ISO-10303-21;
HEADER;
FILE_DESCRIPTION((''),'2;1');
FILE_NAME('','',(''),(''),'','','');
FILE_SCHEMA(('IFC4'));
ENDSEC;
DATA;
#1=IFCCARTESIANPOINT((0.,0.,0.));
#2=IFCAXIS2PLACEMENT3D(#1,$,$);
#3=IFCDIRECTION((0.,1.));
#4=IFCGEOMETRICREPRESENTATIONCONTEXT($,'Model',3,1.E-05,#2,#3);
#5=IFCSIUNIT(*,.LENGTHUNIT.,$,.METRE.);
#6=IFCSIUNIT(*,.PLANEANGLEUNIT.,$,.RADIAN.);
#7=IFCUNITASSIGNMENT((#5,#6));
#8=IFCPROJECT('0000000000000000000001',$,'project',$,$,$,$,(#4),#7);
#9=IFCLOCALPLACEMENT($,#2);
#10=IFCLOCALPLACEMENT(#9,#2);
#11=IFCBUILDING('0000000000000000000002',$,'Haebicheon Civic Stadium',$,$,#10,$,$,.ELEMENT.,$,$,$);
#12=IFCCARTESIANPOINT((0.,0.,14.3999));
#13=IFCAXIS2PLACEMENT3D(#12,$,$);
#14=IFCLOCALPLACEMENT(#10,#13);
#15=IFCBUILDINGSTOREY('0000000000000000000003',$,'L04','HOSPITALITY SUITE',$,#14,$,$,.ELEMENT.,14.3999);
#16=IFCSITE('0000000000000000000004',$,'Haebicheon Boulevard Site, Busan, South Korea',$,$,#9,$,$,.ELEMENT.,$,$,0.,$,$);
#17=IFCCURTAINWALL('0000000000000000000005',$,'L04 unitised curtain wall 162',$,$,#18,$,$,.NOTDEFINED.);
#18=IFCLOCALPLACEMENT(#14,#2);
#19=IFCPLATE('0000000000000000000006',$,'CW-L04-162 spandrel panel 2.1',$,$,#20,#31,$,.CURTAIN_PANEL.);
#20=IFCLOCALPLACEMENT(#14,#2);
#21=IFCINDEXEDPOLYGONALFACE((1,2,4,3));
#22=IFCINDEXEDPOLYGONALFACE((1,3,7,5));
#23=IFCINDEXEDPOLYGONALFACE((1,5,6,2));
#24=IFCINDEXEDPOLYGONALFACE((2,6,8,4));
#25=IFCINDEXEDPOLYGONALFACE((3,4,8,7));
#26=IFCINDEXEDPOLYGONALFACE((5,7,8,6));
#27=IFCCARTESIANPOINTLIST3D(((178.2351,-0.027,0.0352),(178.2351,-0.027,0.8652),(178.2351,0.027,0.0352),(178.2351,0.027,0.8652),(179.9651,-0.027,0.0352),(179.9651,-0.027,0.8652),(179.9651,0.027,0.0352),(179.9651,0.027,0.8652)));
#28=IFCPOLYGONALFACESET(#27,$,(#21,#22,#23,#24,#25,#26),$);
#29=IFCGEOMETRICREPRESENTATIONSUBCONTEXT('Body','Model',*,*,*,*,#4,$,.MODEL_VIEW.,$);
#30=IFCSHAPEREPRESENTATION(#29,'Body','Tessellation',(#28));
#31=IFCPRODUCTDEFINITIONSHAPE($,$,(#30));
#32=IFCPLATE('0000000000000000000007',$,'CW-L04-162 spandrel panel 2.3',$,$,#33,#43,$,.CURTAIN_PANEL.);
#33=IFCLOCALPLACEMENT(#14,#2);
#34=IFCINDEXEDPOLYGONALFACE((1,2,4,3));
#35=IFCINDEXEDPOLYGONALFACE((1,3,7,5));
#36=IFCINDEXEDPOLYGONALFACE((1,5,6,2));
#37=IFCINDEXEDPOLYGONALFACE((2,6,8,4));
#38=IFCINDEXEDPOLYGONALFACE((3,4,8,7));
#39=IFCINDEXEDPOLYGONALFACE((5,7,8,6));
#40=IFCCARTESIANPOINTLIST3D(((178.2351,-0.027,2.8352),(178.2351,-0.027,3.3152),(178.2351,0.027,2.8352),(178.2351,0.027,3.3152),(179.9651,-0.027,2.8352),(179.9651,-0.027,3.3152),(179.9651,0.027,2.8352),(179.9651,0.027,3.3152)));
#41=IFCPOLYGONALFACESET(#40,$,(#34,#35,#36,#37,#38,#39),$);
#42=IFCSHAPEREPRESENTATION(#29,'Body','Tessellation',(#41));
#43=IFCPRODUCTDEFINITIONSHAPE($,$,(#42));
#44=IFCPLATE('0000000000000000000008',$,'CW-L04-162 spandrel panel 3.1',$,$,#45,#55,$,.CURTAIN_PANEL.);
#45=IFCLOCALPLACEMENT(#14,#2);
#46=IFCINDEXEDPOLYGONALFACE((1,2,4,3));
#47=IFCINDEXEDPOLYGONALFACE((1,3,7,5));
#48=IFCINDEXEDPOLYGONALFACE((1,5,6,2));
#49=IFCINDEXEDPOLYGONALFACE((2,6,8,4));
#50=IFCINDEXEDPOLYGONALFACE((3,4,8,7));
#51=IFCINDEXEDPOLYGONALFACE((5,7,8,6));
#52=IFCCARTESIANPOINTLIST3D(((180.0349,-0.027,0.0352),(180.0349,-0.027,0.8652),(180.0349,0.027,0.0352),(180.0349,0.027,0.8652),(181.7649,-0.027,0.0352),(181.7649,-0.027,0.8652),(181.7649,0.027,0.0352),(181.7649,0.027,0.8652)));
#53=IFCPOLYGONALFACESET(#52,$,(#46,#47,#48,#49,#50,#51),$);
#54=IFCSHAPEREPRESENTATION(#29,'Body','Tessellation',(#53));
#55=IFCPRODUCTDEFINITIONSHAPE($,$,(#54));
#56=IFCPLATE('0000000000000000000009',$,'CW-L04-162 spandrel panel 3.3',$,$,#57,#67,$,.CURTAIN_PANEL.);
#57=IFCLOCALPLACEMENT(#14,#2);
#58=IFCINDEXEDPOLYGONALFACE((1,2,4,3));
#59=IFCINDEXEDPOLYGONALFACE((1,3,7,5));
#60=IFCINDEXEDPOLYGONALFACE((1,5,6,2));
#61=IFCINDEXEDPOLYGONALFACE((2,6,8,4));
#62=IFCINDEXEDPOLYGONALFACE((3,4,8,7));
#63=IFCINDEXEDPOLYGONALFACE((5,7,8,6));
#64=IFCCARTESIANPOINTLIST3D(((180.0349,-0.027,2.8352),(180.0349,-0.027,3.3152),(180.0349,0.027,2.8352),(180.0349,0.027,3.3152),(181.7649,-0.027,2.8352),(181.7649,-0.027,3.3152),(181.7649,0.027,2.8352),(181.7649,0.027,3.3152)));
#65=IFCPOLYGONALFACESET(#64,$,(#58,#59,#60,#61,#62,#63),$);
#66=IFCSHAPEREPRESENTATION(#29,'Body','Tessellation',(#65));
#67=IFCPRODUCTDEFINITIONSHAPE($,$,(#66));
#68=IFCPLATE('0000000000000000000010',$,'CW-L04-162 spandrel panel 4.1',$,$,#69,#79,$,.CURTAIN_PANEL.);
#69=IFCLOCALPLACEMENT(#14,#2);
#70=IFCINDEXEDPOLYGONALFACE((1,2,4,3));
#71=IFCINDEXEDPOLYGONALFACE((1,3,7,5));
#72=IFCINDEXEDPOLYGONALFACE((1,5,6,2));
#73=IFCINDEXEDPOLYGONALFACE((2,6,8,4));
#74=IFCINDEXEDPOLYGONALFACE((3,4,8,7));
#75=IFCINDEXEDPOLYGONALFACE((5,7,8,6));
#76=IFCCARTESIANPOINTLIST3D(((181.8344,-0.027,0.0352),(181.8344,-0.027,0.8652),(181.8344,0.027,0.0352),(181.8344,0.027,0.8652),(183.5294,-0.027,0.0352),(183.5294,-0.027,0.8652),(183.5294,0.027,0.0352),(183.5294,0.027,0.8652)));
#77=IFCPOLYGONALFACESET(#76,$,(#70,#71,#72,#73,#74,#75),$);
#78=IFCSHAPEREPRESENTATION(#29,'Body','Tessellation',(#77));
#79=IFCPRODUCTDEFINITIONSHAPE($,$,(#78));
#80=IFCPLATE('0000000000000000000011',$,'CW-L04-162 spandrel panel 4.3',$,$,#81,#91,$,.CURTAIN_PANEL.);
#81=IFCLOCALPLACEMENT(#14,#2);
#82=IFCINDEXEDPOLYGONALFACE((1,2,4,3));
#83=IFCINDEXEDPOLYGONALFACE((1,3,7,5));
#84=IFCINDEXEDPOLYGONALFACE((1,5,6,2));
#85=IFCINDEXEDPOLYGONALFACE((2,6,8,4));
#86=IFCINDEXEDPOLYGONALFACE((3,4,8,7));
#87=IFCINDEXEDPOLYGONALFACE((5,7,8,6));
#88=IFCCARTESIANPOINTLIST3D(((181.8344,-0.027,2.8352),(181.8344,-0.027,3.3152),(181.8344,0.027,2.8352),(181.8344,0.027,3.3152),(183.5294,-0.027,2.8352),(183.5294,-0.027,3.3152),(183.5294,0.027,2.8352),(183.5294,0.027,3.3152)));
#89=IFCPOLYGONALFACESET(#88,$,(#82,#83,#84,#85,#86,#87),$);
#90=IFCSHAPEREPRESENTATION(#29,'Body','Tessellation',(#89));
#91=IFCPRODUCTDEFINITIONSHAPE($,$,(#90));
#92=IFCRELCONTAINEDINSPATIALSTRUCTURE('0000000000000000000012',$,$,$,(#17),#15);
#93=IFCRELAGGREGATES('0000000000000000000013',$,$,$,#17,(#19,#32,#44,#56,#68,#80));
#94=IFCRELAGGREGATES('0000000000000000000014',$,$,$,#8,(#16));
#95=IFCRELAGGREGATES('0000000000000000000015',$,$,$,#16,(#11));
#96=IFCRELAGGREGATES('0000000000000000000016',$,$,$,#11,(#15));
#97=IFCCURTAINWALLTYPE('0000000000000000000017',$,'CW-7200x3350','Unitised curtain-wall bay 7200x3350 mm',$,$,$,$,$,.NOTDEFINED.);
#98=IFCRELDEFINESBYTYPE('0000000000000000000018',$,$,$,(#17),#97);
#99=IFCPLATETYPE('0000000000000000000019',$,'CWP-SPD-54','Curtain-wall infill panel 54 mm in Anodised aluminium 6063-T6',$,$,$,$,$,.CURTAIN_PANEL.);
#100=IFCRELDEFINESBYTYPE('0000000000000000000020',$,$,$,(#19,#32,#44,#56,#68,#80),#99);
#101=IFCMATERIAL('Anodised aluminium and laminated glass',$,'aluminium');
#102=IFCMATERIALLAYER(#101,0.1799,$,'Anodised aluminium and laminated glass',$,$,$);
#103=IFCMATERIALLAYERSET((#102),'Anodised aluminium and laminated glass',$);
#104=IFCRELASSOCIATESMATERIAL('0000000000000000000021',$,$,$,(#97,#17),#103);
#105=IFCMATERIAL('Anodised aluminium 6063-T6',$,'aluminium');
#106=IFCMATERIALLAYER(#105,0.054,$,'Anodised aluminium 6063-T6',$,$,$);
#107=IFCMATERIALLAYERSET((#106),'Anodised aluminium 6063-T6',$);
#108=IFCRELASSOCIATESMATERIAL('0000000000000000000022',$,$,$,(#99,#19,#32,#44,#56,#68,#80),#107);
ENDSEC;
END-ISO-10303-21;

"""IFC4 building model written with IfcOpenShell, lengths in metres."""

from ifc_helpers import new_model, si_unit, direction, frame, origin, origin_2d, place, context, subcontext, project, spatial, rectangle, extrude, material, layer, layer_set, type_object, element, aggregate, save


model = new_model("IFC4")

# Units and contexts
model_context = context("Model", 3, precision=1e-05, world=origin(), true_north=direction((0.0, 1.0)))
body_context = subcontext(model_context, "Body", "Model", "MODEL_VIEW")
ifc_project = project(units=[si_unit("LENGTHUNIT", "METRE"), si_unit("PLANEANGLEUNIT", "RADIAN")], contexts=[model_context])

# Site, building, storey
site_placement = place(None, origin())
site = spatial("IfcSite", under=ifc_project, at=site_placement, Name="Haebicheon Boulevard Site, Busan, South Korea", CompositionType="ELEMENT", RefElevation=0.0)
building_placement = place(site_placement, origin())
building = spatial("IfcBuilding", under=site, at=building_placement, Name="Haebicheon Civic Stadium", CompositionType="ELEMENT")
storey_placement = place(building_placement, frame((0.0, 0.0, 14.3999)))
storey = spatial("IfcBuildingStorey", under=building, at=storey_placement, Name="L04", Description="HOSPITALITY SUITE", CompositionType="ELEMENT", Elevation=14.3999)

# Curtain wall, plates
ifc_material_1 = material(Name="Anodised aluminium and laminated glass", Category="aluminium")
ifc_layer_1 = layer(ifc_material_1, 0.1799, Name="Anodised aluminium and laminated glass")
ifc_layer_set_1 = layer_set([ifc_layer_1], Name="Anodised aluminium and laminated glass")
curtain_wall_type = type_object("IfcCurtainWallType", Name="CW-7200x3350", Description="Unitised curtain-wall bay 7200x3350 mm", PredefinedType="NOTDEFINED", material=ifc_layer_set_1)
curtain_wall_placement = place(storey_placement, origin())
curtain_wall = element("IfcCurtainWall", 1, at=curtain_wall_placement, inside=storey, type_object=curtain_wall_type, material=ifc_layer_set_1, Name="L04 unitised curtain wall 162", PredefinedType="NOTDEFINED")
ifc_material_2 = material(Name="Anodised aluminium 6063-T6", Category="aluminium")
ifc_layer_2 = layer(ifc_material_2, 0.054, Name="Anodised aluminium 6063-T6")
ifc_layer_set_2 = layer_set([ifc_layer_2], Name="Anodised aluminium 6063-T6")
plate_type_1 = type_object("IfcPlateType", Name="CWP-SPD-54", Description="Curtain-wall infill panel 54 mm in Anodised aluminium 6063-T6", PredefinedType="CURTAIN_PANEL", material=ifc_layer_set_2)
plate_1_placement = place(storey_placement, frame((179.1001, 0.0, 0.0352), z_axis=(0.0, 0.0, 1.0), x_axis=(1.0, 0.0, 0.0)))
plate_1 = element("IfcPlate", 2, at=plate_1_placement, type_object=plate_type_1, material=ifc_layer_set_2, Name="CW-L04-162 spandrel panel 2.1", PredefinedType="CURTAIN_PANEL", context=body_context, shape_type="SweptSolid", body=[
    extrude(rectangle(XDim=1.73, YDim=0.054, at=origin_2d()), origin(), (0.0, 0.0, 1.0), 0.8301),
])
plate_2_placement = place(storey_placement, frame((179.1001, 0.0, 2.8352), z_axis=(0.0, 0.0, 1.0), x_axis=(1.0, 0.0, 0.0)))
plate_2 = element("IfcPlate", 3, at=plate_2_placement, type_object=plate_type_1, material=ifc_layer_set_2, Name="CW-L04-162 spandrel panel 2.3", PredefinedType="CURTAIN_PANEL", context=body_context, shape_type="SweptSolid", body=[
    extrude(rectangle(XDim=1.73, YDim=0.054, at=origin_2d()), origin(), (0.0, 0.0, 1.0), 0.48),
])
plate_3_placement = place(storey_placement, frame((180.8999, 0.0, 0.0352), z_axis=(0.0, 0.0, 1.0), x_axis=(1.0, 0.0, 0.0)))
plate_3 = element("IfcPlate", 4, at=plate_3_placement, type_object=plate_type_1, material=ifc_layer_set_2, Name="CW-L04-162 spandrel panel 3.1", PredefinedType="CURTAIN_PANEL", context=body_context, shape_type="SweptSolid", body=[
    extrude(rectangle(XDim=1.73, YDim=0.054, at=origin_2d()), origin(), (0.0, 0.0, 1.0), 0.8301),
])
plate_4_placement = place(storey_placement, frame((180.8999, 0.0, 2.8352), z_axis=(0.0, 0.0, 1.0), x_axis=(1.0, 0.0, 0.0)))
plate_4 = element("IfcPlate", 5, at=plate_4_placement, type_object=plate_type_1, material=ifc_layer_set_2, Name="CW-L04-162 spandrel panel 3.3", PredefinedType="CURTAIN_PANEL", context=body_context, shape_type="SweptSolid", body=[
    extrude(rectangle(XDim=1.73, YDim=0.054, at=origin_2d()), origin(), (0.0, 0.0, 1.0), 0.48),
])
plate_5_placement = place(storey_placement, frame((182.6819, 0.0, 0.0352), z_axis=(0.0, 0.0, 1.0), x_axis=(1.0, 0.0, 0.0)))
plate_5 = element("IfcPlate", 6, at=plate_5_placement, type_object=plate_type_1, material=ifc_layer_set_2, Name="CW-L04-162 spandrel panel 4.1", PredefinedType="CURTAIN_PANEL", context=body_context, shape_type="SweptSolid", body=[
    extrude(rectangle(XDim=1.6951, YDim=0.054, at=origin_2d()), origin(), (0.0, 0.0, 1.0), 0.8301),
])
plate_6_placement = place(storey_placement, frame((182.6819, 0.0, 2.8352), z_axis=(0.0, 0.0, 1.0), x_axis=(1.0, 0.0, 0.0)))
plate_6 = element("IfcPlate", 7, at=plate_6_placement, type_object=plate_type_1, material=ifc_layer_set_2, Name="CW-L04-162 spandrel panel 4.3", PredefinedType="CURTAIN_PANEL", context=body_context, shape_type="SweptSolid", body=[
    extrude(rectangle(XDim=1.6951, YDim=0.054, at=origin_2d()), origin(), (0.0, 0.0, 1.0), 0.48),
])
aggregate(curtain_wall, [plate_1, plate_2, plate_3, plate_4, plate_5, plate_6])

save(model, "model.ifc")
